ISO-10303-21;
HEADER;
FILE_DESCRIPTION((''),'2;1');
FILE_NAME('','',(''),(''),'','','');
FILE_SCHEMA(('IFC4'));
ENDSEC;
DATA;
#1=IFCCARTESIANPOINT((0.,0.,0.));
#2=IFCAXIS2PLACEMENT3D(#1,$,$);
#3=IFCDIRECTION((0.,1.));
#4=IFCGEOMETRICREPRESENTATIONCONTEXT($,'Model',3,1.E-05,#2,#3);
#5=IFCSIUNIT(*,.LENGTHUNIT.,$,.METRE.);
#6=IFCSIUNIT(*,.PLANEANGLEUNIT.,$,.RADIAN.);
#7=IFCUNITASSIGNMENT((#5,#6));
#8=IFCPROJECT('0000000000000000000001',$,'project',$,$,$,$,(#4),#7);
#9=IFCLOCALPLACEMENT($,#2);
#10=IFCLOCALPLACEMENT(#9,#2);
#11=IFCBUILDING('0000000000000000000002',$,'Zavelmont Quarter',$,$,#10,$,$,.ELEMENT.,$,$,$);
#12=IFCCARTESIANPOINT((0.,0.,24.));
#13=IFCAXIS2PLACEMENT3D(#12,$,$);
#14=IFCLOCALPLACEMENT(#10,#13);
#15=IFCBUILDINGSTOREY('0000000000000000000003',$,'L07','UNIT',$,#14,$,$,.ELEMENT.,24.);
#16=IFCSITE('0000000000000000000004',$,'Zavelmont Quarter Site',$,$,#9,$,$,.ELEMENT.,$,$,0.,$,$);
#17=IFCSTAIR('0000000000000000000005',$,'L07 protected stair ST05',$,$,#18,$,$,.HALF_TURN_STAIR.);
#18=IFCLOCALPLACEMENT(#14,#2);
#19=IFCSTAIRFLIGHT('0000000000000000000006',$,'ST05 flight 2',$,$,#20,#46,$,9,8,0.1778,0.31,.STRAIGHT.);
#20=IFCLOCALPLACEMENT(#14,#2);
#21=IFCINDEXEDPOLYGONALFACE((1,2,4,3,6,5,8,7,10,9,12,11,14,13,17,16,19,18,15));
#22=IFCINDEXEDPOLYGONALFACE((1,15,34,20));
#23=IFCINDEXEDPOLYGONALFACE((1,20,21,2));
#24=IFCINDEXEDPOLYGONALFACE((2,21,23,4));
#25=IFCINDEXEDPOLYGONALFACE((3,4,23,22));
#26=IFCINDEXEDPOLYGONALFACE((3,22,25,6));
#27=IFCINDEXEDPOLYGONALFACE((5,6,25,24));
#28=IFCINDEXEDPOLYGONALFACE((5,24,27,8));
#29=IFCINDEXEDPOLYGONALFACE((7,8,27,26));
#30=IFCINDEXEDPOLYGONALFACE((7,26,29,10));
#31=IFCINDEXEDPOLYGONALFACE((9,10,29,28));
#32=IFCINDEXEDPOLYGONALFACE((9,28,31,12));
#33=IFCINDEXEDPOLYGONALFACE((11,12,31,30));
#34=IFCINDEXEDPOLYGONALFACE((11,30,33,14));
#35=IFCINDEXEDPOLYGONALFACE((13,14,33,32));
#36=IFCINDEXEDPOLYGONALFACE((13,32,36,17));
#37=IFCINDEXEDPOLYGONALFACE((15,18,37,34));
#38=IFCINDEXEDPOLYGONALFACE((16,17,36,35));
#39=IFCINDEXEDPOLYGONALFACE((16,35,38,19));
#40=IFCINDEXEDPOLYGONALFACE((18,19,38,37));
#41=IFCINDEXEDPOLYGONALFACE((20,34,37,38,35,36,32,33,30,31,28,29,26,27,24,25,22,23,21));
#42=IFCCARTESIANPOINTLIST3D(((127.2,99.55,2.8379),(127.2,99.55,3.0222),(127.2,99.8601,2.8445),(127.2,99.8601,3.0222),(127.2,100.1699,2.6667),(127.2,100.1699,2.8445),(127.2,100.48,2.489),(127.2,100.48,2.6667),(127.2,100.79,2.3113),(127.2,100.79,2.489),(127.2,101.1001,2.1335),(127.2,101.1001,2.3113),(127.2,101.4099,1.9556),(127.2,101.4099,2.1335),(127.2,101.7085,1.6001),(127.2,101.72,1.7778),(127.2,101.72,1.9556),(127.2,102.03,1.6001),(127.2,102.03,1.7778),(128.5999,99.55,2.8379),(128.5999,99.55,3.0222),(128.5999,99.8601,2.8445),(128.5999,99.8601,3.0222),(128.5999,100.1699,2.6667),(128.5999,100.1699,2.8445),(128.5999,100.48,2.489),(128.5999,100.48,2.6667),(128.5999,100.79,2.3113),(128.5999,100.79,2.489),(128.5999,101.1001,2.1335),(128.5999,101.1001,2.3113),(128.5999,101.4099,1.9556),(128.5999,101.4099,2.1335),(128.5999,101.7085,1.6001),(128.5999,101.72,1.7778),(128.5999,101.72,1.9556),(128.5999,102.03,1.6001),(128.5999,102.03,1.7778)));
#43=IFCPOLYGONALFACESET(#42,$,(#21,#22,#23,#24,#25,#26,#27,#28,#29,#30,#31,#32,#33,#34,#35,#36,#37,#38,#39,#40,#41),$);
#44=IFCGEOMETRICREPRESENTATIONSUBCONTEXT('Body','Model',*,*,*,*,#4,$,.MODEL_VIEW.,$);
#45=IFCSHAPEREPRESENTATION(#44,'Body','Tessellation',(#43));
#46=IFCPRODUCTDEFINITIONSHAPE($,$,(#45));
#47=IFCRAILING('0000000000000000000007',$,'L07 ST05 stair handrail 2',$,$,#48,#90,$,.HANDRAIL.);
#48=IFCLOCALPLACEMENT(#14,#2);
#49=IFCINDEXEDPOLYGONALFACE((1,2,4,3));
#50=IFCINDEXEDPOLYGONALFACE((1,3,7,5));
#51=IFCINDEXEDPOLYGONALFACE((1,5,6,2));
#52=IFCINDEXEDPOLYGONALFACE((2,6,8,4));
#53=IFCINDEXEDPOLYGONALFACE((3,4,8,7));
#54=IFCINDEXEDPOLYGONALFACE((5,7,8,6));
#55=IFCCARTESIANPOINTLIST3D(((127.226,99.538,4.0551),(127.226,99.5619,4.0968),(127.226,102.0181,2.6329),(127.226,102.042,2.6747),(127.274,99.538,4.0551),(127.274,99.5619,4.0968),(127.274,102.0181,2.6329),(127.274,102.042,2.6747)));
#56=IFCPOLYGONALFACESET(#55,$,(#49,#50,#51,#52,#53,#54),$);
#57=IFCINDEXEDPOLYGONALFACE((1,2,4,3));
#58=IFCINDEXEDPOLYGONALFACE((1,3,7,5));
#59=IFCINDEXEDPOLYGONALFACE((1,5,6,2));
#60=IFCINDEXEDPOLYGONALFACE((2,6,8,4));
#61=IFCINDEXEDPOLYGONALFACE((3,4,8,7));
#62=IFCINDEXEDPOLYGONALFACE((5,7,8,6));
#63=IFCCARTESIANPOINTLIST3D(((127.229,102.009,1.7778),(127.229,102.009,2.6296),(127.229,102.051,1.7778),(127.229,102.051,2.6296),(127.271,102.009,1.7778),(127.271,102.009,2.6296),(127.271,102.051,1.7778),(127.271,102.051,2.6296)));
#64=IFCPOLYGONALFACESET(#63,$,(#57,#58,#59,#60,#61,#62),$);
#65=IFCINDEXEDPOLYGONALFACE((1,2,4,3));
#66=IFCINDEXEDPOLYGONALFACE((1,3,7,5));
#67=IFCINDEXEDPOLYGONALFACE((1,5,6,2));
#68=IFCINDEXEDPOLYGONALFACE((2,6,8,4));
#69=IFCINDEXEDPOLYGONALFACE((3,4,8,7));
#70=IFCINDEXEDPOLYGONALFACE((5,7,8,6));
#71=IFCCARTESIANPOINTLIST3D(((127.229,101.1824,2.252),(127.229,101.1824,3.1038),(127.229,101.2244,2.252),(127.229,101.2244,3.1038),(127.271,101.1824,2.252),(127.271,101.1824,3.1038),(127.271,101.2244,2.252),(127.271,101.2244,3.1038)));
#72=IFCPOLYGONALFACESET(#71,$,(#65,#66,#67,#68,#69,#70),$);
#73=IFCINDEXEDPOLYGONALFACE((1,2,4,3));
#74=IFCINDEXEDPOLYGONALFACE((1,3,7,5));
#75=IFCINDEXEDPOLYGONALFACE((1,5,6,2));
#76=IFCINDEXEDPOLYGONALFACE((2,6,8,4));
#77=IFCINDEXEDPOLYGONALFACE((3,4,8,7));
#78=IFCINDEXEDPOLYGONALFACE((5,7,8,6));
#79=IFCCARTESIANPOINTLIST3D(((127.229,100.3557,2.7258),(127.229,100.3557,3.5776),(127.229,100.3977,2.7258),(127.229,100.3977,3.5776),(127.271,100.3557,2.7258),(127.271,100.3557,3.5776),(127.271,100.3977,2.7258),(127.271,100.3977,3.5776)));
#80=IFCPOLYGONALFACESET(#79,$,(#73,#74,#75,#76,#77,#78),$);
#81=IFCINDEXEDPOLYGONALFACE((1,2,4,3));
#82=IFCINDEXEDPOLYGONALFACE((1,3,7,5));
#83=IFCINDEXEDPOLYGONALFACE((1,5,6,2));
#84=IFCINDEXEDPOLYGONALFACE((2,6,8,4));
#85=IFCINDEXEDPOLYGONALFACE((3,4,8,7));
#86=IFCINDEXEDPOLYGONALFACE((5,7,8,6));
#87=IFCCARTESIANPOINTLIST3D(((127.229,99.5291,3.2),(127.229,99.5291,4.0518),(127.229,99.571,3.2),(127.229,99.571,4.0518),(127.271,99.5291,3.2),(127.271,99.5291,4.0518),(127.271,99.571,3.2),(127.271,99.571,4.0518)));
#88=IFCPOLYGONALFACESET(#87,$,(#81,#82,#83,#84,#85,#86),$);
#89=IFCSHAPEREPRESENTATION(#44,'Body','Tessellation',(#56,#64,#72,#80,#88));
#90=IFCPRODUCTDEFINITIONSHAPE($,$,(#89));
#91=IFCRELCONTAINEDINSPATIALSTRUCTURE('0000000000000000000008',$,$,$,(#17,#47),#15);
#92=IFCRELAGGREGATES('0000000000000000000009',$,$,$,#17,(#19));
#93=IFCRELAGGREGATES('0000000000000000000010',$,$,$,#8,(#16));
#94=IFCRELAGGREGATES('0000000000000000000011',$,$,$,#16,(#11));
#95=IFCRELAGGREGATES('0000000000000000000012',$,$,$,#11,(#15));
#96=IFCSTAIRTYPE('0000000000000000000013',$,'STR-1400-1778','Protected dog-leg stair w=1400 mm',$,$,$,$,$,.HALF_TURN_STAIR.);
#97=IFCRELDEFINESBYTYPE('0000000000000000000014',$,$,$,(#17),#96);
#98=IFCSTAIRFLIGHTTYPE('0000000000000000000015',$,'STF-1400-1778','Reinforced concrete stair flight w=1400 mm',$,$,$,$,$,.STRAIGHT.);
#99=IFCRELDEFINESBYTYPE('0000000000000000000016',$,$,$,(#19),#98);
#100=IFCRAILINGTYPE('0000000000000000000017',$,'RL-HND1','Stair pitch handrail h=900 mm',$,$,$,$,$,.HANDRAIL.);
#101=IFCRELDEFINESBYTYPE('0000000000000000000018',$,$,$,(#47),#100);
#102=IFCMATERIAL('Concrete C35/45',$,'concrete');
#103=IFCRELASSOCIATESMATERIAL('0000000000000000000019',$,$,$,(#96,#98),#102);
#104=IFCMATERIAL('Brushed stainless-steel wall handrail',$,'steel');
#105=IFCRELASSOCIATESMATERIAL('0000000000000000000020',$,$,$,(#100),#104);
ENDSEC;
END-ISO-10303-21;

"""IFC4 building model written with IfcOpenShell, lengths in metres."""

from ifc_helpers import new_model, si_unit, direction, frame, origin, origin_2d, place, context, subcontext, project, spatial, polyline, rectangle, outline, extrude, material, type_object, element, aggregate, save


model = new_model("IFC4")

# Units and contexts
model_context = context("Model", 3, precision=1e-05, world=origin(), true_north=direction((0.0, 1.0)))
body_context = subcontext(model_context, "Body", "Model", "MODEL_VIEW")
ifc_project = project(units=[si_unit("LENGTHUNIT", "METRE"), si_unit("PLANEANGLEUNIT", "RADIAN")], contexts=[model_context])

# Site, building, storey
site_placement = place(None, origin())
site = spatial("IfcSite", under=ifc_project, at=site_placement, Name="Zavelmont Quarter Site", CompositionType="ELEMENT", RefElevation=0.0)
building_placement = place(site_placement, origin())
building = spatial("IfcBuilding", under=site, at=building_placement, Name="Zavelmont Quarter", CompositionType="ELEMENT")
storey_placement = place(building_placement, frame((0.0, 0.0, 24.0)))
storey = spatial("IfcBuildingStorey", under=building, at=storey_placement, Name="L07", Description="UNIT", CompositionType="ELEMENT", Elevation=24.0)

# Shared definitions
ifc_material_1 = material(Name="Concrete C35/45", Category="concrete")

# Stair, stair flight
stair_type = type_object("IfcStairType", Name="STR-1400-1778", Description="Protected dog-leg stair w=1400 mm", PredefinedType="HALF_TURN_STAIR", material=ifc_material_1)
stair_placement = place(storey_placement, origin())
stair = element("IfcStair", 1, at=stair_placement, inside=storey, type_object=stair_type, Name="L07 protected stair ST05", PredefinedType="HALF_TURN_STAIR")
stair_flight_type = type_object("IfcStairFlightType", Name="STF-1400-1778", Description="Reinforced concrete stair flight w=1400 mm", PredefinedType="STRAIGHT", material=ifc_material_1)
stair_flight_placement = place(storey_placement, frame((127.8999, 102.03, 1.6001), z_axis=(0.0, 0.0, 1.0), x_axis=(0.0, -1.0, 0.0)))
stair_flight = element("IfcStairFlight", 2, at=stair_flight_placement, type_object=stair_flight_type, Name="ST05 flight 2", NumberOfRisers=9, NumberOfTreads=8, PredefinedType="STRAIGHT", RiserHeight=0.1778, TreadLength=0.31, context=body_context, shape_type="SweptSolid", body=[
    extrude(outline(polyline([(0.0, 0.0), (0.0, 0.1777), (0.3101, 0.1777), (0.3101, 0.3555), (0.6201, 0.3555), (0.6201, 0.5334), (0.9299, 0.5334), (0.9299, 0.7112), (1.24, 0.7112), (1.24, 0.8889), (1.55, 0.8889), (1.55, 1.0667), (1.8601, 1.0667), (1.8601, 1.2444), (2.1699, 1.2444), (2.1699, 1.4221), (2.48, 1.4221), (2.48, 1.6001), (2.48, 1.2378), (0.3215, 0.0), (0.0, 0.0)])), frame((0.0, 0.7, 0.0), z_axis=(0.0, -1.0, 0.0), x_axis=(1.0, 0.0, 0.0)), (0.0, 0.0, 1.0), 1.3999),
])
aggregate(stair, [stair_flight])

# Railing
ifc_material_2 = material(Name="Brushed stainless-steel wall handrail", Category="steel")
railing_type = type_object("IfcRailingType", Name="RL-HND1", Description="Stair pitch handrail h=900 mm", PredefinedType="HANDRAIL", material=ifc_material_2)
railing_placement = place(storey_placement, frame((127.25, 102.03, 1.7778)))
element("IfcRailing", 3, at=railing_placement, inside=storey, type_object=railing_type, Name="L07 ST05 stair handrail 2", PredefinedType="HANDRAIL", context=body_context, shape_type="SweptSolid", body=[
    extrude(rectangle(XDim=0.0481, YDim=0.0481, at=origin_2d()), frame((0.0, 0.0, 0.876), z_axis=(0.0, -0.867491, 0.497454), x_axis=(1.0, 0.0, 0.0)), (0.0, 0.0, 1.0), 2.8589),
    extrude(rectangle(XDim=0.042, YDim=0.042, at=origin_2d()), origin(), (0.0, 0.0, 1.0), 0.8518),
    extrude(rectangle(XDim=0.042, YDim=0.042, at=origin_2d()), frame((0.0, -0.8267, 0.4741)), (0.0, 0.0, 1.0), 0.8518),
    extrude(rectangle(XDim=0.042, YDim=0.042, at=origin_2d()), frame((0.0, -1.6533, 0.948)), (0.0, 0.0, 1.0), 0.8518),
    extrude(rectangle(XDim=0.042, YDim=0.042, at=origin_2d()), frame((0.0, -2.48, 1.4221)), (0.0, 0.0, 1.0), 0.8518),
])

save(model, "model.ifc")
